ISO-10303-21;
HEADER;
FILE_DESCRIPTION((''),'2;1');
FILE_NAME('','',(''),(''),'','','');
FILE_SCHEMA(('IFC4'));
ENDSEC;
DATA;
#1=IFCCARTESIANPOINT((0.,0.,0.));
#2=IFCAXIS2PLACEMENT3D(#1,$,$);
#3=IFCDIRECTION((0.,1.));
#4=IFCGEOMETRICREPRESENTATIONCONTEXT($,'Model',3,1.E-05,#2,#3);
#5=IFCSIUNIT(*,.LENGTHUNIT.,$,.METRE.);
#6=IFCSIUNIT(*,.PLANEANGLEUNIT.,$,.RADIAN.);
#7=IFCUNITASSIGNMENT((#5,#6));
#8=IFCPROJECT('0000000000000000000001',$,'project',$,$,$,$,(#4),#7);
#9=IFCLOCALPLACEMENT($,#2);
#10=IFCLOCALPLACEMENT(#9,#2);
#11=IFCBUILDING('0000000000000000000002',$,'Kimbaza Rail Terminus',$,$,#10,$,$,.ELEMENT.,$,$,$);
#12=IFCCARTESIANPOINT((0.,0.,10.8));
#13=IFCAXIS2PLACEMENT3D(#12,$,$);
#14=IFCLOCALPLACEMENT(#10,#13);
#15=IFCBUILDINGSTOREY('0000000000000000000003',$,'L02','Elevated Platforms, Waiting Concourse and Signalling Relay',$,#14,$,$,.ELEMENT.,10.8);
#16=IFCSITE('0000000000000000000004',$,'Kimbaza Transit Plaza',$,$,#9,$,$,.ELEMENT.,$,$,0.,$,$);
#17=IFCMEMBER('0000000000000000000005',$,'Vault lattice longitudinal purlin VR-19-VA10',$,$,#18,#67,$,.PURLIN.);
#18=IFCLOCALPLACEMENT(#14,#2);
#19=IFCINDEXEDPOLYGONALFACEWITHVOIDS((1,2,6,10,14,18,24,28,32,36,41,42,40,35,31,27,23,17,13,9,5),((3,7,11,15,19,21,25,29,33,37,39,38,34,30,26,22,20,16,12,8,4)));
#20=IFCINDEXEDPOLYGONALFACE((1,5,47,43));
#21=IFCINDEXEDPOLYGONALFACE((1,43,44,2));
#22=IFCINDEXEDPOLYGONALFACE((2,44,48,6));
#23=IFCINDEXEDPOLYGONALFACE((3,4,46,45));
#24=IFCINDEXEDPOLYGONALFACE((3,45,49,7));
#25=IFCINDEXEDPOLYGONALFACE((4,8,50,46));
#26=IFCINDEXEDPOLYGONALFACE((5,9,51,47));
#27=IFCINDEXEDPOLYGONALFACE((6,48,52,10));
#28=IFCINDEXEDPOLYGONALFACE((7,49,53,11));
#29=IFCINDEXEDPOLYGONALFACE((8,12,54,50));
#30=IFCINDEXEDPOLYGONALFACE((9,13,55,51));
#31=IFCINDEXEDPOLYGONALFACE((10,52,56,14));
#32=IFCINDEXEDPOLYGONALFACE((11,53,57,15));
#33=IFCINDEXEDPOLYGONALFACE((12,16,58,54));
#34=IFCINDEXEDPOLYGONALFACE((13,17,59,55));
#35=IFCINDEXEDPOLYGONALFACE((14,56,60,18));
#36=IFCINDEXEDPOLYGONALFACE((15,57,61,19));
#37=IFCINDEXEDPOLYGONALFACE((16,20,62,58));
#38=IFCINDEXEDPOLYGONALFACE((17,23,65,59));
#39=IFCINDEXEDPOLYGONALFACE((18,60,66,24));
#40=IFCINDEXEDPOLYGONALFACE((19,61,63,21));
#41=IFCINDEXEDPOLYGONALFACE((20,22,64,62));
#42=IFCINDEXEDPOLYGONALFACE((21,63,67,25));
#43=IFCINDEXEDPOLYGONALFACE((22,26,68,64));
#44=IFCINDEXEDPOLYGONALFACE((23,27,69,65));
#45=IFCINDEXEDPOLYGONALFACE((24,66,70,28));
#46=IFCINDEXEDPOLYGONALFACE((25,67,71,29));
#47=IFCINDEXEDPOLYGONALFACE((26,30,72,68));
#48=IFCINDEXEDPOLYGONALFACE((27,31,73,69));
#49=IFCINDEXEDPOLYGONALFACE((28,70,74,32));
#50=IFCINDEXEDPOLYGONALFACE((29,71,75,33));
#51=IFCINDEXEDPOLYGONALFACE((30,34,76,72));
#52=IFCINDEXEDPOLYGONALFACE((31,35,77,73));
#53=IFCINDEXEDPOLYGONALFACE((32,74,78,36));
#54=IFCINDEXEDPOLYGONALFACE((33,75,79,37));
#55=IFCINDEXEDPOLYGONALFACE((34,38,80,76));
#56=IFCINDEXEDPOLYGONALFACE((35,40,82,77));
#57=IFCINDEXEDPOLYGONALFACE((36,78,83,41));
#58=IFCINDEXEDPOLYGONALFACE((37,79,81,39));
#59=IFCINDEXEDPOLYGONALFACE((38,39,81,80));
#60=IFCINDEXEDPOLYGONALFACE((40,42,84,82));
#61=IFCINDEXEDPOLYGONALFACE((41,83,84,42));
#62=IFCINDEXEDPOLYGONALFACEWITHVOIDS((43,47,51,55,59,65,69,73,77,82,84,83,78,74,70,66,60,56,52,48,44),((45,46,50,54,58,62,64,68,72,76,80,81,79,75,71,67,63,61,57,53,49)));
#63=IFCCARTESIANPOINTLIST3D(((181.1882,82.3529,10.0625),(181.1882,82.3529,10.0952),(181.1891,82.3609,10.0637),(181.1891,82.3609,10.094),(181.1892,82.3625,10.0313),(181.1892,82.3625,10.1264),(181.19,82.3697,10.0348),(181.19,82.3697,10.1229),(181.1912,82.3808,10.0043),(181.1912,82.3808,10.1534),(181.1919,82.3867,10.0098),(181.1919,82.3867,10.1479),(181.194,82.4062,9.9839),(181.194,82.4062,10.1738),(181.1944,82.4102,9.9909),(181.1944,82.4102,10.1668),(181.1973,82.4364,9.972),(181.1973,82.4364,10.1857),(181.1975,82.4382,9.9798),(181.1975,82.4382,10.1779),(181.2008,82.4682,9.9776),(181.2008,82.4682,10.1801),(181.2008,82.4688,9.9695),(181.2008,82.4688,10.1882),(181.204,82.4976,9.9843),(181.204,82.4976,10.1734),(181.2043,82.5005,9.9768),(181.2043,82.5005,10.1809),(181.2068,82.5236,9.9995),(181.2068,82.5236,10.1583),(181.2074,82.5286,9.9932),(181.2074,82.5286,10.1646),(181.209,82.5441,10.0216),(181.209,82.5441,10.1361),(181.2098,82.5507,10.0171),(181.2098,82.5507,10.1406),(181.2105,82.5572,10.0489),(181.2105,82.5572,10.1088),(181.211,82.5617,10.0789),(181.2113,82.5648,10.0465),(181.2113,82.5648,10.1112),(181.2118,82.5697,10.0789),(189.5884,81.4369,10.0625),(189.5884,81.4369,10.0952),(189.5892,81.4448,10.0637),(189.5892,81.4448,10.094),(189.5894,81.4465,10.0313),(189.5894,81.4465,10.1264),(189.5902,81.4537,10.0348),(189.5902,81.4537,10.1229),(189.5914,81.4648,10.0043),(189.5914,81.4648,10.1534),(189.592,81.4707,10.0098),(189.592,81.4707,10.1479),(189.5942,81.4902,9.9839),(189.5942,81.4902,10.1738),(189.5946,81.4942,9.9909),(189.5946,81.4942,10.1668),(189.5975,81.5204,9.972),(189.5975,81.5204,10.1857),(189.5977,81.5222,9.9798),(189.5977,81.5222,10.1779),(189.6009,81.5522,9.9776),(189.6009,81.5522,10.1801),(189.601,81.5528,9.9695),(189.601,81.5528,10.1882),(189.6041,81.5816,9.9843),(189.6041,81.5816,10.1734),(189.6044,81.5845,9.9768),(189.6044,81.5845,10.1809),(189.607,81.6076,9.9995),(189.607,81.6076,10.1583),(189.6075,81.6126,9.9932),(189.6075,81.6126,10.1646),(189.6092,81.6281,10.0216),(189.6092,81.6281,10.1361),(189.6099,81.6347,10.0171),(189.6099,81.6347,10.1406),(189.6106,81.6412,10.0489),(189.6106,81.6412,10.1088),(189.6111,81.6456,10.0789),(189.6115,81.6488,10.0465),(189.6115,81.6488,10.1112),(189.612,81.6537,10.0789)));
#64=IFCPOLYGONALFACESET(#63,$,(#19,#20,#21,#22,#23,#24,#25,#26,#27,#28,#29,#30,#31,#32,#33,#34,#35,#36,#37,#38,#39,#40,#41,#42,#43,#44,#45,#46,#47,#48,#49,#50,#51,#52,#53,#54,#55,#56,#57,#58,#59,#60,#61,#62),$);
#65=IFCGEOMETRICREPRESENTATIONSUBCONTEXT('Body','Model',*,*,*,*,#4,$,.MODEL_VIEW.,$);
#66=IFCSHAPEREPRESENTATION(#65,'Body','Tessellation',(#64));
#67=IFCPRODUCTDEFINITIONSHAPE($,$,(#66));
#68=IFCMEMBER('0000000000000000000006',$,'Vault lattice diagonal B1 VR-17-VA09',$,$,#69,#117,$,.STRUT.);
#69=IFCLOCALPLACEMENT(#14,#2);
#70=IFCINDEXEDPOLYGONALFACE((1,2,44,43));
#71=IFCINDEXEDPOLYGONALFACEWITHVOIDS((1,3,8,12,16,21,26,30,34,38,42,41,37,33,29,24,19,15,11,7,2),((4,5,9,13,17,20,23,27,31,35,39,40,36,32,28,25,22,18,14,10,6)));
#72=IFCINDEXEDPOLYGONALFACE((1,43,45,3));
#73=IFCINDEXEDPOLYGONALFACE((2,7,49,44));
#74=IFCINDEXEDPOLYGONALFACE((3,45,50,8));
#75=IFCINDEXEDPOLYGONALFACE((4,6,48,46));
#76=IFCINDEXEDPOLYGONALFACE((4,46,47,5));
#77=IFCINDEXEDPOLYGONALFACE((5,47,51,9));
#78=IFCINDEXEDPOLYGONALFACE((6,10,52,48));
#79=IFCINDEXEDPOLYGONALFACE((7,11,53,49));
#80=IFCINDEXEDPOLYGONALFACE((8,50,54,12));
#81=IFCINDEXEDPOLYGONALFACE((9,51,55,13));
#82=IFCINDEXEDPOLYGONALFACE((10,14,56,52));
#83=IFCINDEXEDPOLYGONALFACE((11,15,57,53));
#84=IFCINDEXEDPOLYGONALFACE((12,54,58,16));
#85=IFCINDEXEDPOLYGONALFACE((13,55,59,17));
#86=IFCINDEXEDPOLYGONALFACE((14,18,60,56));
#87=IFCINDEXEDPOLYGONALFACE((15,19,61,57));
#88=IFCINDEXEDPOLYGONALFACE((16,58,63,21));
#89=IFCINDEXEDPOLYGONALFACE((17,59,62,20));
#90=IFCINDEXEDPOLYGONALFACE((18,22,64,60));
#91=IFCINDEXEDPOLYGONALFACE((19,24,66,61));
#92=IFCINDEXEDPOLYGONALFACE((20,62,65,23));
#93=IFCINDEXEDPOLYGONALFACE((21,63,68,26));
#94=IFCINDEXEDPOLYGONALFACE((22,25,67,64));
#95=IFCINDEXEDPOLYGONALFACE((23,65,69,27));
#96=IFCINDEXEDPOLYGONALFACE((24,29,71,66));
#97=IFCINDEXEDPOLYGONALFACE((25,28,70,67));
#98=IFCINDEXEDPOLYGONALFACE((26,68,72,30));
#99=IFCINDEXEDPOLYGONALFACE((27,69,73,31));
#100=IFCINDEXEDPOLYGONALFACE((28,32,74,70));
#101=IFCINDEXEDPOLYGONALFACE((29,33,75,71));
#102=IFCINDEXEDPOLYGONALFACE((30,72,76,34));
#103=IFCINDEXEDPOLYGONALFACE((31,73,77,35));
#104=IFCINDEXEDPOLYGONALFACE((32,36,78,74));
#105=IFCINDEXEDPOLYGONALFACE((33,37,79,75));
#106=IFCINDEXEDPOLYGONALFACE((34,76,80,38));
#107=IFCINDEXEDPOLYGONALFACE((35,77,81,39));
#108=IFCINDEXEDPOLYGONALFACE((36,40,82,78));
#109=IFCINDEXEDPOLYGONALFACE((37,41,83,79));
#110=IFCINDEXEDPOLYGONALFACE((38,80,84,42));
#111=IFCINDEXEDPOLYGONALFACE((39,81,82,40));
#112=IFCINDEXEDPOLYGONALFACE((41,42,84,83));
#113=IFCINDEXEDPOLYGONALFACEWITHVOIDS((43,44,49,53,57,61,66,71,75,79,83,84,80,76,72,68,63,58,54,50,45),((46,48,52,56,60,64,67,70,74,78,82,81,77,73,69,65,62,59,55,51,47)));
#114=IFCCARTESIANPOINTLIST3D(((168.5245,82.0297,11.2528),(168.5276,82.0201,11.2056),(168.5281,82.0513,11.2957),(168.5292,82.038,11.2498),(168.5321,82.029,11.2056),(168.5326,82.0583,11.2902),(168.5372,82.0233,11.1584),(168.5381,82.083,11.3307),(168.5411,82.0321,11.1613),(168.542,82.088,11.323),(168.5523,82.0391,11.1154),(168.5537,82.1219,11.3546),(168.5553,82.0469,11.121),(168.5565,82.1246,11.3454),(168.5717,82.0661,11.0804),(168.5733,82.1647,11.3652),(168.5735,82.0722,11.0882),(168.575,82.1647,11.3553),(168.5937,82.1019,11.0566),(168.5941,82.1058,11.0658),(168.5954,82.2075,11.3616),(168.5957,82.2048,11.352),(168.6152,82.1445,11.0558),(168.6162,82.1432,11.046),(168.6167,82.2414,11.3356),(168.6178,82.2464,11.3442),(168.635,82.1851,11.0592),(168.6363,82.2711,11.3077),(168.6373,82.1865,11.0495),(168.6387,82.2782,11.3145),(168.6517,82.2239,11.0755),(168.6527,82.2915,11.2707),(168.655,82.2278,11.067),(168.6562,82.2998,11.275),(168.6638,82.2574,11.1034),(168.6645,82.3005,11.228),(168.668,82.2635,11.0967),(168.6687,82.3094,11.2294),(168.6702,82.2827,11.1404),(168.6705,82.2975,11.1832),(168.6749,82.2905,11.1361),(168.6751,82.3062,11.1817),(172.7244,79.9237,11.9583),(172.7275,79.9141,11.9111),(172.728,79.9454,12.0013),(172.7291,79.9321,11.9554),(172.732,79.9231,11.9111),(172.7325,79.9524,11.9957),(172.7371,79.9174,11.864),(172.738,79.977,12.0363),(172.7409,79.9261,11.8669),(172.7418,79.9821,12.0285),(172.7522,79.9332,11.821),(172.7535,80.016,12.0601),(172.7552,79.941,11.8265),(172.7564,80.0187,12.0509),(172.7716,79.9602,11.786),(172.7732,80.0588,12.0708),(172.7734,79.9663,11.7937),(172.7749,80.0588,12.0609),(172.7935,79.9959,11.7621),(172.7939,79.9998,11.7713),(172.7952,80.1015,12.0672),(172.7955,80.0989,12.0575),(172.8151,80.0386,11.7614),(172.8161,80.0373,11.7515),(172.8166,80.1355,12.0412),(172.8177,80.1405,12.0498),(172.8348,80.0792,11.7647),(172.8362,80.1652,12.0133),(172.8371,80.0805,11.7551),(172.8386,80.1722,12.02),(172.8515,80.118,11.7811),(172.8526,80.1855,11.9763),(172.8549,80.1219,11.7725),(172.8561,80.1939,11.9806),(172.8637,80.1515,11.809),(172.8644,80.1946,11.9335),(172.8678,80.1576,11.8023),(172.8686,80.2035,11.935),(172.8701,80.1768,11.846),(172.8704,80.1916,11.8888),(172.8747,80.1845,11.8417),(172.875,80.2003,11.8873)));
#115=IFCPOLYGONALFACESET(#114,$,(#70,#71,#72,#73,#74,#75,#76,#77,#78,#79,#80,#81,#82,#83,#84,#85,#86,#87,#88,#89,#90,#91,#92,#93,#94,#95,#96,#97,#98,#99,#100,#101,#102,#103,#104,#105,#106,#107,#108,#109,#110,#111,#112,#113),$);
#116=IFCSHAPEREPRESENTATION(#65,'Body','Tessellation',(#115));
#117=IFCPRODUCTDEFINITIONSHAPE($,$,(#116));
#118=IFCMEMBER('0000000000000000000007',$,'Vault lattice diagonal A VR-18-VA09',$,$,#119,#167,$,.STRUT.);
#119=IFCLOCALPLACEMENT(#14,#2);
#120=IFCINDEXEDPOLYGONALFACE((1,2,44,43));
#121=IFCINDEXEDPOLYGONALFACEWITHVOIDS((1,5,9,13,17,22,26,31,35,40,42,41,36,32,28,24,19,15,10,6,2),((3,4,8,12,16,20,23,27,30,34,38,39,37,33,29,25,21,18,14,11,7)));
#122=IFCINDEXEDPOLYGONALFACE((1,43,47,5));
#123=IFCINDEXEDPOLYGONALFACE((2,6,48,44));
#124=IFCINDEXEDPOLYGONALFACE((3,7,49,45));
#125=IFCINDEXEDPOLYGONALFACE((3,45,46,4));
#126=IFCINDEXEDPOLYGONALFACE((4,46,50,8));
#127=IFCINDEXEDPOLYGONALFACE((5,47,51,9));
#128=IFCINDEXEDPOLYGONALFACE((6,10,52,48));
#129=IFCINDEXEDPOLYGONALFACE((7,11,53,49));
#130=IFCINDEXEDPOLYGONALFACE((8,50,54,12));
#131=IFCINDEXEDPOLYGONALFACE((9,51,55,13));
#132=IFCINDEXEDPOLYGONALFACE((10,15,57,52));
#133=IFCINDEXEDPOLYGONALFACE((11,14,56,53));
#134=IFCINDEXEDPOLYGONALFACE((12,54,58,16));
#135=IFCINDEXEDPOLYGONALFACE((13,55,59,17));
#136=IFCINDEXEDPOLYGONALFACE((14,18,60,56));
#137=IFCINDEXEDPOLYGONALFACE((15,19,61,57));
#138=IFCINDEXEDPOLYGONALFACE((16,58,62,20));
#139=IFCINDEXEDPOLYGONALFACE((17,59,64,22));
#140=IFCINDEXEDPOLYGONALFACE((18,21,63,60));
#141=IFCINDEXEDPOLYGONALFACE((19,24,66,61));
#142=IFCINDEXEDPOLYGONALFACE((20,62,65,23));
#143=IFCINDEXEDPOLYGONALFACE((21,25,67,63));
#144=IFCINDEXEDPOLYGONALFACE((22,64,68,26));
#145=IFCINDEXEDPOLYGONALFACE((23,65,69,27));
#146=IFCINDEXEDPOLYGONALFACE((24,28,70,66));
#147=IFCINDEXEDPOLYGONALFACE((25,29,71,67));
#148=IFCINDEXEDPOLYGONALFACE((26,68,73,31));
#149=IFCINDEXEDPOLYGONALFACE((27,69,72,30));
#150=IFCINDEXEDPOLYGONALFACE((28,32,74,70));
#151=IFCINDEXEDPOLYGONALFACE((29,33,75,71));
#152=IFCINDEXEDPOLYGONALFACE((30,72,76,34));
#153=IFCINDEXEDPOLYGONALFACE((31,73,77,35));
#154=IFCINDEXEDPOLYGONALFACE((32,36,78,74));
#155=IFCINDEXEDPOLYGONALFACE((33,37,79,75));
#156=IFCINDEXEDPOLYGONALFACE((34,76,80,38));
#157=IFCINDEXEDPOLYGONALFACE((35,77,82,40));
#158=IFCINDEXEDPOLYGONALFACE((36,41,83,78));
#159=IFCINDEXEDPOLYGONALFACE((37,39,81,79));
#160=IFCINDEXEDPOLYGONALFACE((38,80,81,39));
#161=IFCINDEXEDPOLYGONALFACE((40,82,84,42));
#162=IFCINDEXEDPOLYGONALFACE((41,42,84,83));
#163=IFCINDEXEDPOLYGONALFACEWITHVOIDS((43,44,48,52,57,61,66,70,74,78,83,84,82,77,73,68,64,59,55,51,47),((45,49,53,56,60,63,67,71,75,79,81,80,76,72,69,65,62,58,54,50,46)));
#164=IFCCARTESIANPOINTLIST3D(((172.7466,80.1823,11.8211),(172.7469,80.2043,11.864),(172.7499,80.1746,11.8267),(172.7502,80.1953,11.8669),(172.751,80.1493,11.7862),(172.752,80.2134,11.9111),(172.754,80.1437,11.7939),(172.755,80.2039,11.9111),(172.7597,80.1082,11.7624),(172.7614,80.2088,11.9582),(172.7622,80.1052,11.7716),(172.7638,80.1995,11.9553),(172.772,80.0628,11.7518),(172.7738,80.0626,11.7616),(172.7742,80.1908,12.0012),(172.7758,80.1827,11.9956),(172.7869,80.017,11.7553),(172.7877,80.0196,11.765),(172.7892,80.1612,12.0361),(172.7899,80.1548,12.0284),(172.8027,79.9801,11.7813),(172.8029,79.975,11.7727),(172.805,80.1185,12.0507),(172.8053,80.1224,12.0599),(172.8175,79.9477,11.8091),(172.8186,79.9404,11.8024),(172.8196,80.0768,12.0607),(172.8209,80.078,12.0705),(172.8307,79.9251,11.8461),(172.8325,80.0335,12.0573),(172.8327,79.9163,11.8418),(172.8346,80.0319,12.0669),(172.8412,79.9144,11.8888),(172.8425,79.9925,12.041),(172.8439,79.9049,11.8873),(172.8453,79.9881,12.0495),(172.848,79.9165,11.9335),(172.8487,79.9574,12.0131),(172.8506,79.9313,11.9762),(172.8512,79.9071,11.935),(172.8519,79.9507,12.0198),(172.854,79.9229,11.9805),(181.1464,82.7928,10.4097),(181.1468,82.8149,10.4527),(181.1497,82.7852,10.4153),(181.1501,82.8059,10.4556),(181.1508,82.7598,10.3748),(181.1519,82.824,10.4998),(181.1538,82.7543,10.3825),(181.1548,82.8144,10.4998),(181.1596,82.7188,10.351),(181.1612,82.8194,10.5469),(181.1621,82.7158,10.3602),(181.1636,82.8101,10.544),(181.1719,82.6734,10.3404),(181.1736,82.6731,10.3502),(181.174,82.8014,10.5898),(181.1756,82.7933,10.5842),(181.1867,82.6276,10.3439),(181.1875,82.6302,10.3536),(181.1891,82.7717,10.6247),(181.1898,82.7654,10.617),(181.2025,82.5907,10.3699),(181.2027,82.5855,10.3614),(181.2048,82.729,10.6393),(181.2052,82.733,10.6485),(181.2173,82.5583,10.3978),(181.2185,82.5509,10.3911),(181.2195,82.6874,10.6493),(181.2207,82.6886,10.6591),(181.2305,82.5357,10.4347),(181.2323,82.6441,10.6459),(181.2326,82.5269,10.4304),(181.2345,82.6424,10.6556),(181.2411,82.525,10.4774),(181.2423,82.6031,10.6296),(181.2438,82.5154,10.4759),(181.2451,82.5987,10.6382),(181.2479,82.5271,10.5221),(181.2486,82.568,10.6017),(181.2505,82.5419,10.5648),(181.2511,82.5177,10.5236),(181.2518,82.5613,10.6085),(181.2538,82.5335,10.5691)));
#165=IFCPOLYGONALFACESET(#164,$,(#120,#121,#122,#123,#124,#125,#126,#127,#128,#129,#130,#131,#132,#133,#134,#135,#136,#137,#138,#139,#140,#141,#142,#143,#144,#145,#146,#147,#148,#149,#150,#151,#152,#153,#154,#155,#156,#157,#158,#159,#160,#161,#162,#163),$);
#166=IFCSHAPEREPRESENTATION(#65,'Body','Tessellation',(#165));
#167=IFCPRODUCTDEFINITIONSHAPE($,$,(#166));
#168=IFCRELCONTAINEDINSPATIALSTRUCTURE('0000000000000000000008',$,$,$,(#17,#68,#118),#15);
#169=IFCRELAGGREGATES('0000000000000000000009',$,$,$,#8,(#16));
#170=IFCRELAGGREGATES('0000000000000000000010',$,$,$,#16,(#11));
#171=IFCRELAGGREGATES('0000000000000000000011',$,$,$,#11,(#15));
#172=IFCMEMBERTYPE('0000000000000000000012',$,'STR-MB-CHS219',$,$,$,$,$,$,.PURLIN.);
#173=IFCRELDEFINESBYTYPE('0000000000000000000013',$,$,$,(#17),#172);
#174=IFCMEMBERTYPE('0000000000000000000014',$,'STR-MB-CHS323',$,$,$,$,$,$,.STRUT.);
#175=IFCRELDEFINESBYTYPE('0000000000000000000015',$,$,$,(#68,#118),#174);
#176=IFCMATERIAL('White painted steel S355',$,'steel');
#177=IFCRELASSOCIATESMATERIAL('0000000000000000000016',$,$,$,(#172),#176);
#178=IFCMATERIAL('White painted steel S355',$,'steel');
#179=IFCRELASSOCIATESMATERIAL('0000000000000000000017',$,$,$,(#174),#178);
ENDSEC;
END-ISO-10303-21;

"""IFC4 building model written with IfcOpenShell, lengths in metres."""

from ifc_helpers import new_model, si_unit, direction, frame, origin, origin_2d, place, context, subcontext, project, spatial, hollow_circle, extrude, material, material_profile, profile_set, type_object, element, save


model = new_model("IFC4")

# Units and contexts
model_context = context("Model", 3, precision=1e-05, world=origin(), true_north=direction((0.0, 1.0)))
body_context = subcontext(model_context, "Body", "Model", "MODEL_VIEW")
ifc_project = project(units=[si_unit("LENGTHUNIT", "METRE"), si_unit("PLANEANGLEUNIT", "RADIAN")], contexts=[model_context])

# Site, building, storey
site_placement = place(None, origin())
site = spatial("IfcSite", under=ifc_project, at=site_placement, Name="Kimbaza Transit Plaza", CompositionType="ELEMENT", RefElevation=0.0)
building_placement = place(site_placement, origin())
building = spatial("IfcBuilding", under=site, at=building_placement, Name="Kimbaza Rail Terminus", CompositionType="ELEMENT")
storey_placement = place(building_placement, frame((0.0, 0.0, 10.8)))
storey = spatial("IfcBuildingStorey", under=building, at=storey_placement, Name="L02", Description="Elevated Platforms, Waiting Concourse and Signalling Relay", CompositionType="ELEMENT", Elevation=10.8)

# Members
ifc_material_1 = material(Name="White painted steel S355", Category="steel")
ifc_material_profile_1 = material_profile(ifc_material_1, hollow_circle(Radius=0.1096, WallThickness=0.0081, at=origin_2d()), Name="CHS 219.1x8")
ifc_profile_set_1 = profile_set([ifc_material_profile_1], Name="White painted steel S355")
member_type_1 = type_object("IfcMemberType", Name="STR-MB-CHS219", PredefinedType="PURLIN", material=ifc_profile_set_1)
for number, where, z_axis, x_axis, name in (
    (1, (181.2, 82.4607, 10.0789), (0.994107, -0.108405, 0.0), (0.108405, 0.994107, 0.0), "Vault lattice longitudinal purlin VR-19-VA10"),
):
    element("IfcMember", number, at=place(storey_placement, frame(where, z_axis=z_axis, x_axis=x_axis)), inside=storey, type_object=member_type_1, Name=name, PredefinedType="PURLIN", context=body_context, shape_type="SweptSolid", body=[
        extrude(hollow_circle(Radius=0.1096, WallThickness=0.0081, at=origin_2d()), origin(), (0.0, 0.0, 1.0), 8.45),
    ])
ifc_material_2 = material(Name="White painted steel S355", Category="steel")
ifc_material_profile_2 = material_profile(ifc_material_2, hollow_circle(Radius=0.1619, WallThickness=0.01, at=origin_2d()), Name="CHS 323.9x10")
ifc_profile_set_2 = profile_set([ifc_material_profile_2], Name="White painted steel S355")
member_type_2 = type_object("IfcMemberType", Name="STR-MB-CHS323", PredefinedType="STRUT", material=ifc_profile_set_2)
member_1_placement = place(storey_placement, frame((172.8, 80.0588, 11.9111), z_axis=(-0.884005, 0.443261, -0.148507), x_axis=(-0.448232, -0.893917, 0.0)))
element("IfcMember", 2, at=member_1_placement, inside=storey, type_object=member_type_2, Name="Vault lattice diagonal B1 VR-17-VA09", PredefinedType="STRUT", context=body_context, shape_type="SweptSolid", body=[
    extrude(hollow_circle(Radius=0.1619, WallThickness=0.01, at=origin_2d()), origin(), (0.0, 0.0, 1.0), 4.751),
])
member_2_placement = place(storey_placement, frame((172.8, 80.0588, 11.9111), z_axis=(0.942884, 0.293038, -0.158426), x_axis=(-0.296786, 0.954944, 0.0)))
element("IfcMember", 3, at=member_2_placement, inside=storey, type_object=member_type_2, Name="Vault lattice diagonal A VR-18-VA09", PredefinedType="STRUT", context=body_context, shape_type="SweptSolid", body=[
    extrude(hollow_circle(Radius=0.1619, WallThickness=0.01, at=origin_2d()), origin(), (0.0, 0.0, 1.0), 8.9087),
])

save(model, "model.ifc")
